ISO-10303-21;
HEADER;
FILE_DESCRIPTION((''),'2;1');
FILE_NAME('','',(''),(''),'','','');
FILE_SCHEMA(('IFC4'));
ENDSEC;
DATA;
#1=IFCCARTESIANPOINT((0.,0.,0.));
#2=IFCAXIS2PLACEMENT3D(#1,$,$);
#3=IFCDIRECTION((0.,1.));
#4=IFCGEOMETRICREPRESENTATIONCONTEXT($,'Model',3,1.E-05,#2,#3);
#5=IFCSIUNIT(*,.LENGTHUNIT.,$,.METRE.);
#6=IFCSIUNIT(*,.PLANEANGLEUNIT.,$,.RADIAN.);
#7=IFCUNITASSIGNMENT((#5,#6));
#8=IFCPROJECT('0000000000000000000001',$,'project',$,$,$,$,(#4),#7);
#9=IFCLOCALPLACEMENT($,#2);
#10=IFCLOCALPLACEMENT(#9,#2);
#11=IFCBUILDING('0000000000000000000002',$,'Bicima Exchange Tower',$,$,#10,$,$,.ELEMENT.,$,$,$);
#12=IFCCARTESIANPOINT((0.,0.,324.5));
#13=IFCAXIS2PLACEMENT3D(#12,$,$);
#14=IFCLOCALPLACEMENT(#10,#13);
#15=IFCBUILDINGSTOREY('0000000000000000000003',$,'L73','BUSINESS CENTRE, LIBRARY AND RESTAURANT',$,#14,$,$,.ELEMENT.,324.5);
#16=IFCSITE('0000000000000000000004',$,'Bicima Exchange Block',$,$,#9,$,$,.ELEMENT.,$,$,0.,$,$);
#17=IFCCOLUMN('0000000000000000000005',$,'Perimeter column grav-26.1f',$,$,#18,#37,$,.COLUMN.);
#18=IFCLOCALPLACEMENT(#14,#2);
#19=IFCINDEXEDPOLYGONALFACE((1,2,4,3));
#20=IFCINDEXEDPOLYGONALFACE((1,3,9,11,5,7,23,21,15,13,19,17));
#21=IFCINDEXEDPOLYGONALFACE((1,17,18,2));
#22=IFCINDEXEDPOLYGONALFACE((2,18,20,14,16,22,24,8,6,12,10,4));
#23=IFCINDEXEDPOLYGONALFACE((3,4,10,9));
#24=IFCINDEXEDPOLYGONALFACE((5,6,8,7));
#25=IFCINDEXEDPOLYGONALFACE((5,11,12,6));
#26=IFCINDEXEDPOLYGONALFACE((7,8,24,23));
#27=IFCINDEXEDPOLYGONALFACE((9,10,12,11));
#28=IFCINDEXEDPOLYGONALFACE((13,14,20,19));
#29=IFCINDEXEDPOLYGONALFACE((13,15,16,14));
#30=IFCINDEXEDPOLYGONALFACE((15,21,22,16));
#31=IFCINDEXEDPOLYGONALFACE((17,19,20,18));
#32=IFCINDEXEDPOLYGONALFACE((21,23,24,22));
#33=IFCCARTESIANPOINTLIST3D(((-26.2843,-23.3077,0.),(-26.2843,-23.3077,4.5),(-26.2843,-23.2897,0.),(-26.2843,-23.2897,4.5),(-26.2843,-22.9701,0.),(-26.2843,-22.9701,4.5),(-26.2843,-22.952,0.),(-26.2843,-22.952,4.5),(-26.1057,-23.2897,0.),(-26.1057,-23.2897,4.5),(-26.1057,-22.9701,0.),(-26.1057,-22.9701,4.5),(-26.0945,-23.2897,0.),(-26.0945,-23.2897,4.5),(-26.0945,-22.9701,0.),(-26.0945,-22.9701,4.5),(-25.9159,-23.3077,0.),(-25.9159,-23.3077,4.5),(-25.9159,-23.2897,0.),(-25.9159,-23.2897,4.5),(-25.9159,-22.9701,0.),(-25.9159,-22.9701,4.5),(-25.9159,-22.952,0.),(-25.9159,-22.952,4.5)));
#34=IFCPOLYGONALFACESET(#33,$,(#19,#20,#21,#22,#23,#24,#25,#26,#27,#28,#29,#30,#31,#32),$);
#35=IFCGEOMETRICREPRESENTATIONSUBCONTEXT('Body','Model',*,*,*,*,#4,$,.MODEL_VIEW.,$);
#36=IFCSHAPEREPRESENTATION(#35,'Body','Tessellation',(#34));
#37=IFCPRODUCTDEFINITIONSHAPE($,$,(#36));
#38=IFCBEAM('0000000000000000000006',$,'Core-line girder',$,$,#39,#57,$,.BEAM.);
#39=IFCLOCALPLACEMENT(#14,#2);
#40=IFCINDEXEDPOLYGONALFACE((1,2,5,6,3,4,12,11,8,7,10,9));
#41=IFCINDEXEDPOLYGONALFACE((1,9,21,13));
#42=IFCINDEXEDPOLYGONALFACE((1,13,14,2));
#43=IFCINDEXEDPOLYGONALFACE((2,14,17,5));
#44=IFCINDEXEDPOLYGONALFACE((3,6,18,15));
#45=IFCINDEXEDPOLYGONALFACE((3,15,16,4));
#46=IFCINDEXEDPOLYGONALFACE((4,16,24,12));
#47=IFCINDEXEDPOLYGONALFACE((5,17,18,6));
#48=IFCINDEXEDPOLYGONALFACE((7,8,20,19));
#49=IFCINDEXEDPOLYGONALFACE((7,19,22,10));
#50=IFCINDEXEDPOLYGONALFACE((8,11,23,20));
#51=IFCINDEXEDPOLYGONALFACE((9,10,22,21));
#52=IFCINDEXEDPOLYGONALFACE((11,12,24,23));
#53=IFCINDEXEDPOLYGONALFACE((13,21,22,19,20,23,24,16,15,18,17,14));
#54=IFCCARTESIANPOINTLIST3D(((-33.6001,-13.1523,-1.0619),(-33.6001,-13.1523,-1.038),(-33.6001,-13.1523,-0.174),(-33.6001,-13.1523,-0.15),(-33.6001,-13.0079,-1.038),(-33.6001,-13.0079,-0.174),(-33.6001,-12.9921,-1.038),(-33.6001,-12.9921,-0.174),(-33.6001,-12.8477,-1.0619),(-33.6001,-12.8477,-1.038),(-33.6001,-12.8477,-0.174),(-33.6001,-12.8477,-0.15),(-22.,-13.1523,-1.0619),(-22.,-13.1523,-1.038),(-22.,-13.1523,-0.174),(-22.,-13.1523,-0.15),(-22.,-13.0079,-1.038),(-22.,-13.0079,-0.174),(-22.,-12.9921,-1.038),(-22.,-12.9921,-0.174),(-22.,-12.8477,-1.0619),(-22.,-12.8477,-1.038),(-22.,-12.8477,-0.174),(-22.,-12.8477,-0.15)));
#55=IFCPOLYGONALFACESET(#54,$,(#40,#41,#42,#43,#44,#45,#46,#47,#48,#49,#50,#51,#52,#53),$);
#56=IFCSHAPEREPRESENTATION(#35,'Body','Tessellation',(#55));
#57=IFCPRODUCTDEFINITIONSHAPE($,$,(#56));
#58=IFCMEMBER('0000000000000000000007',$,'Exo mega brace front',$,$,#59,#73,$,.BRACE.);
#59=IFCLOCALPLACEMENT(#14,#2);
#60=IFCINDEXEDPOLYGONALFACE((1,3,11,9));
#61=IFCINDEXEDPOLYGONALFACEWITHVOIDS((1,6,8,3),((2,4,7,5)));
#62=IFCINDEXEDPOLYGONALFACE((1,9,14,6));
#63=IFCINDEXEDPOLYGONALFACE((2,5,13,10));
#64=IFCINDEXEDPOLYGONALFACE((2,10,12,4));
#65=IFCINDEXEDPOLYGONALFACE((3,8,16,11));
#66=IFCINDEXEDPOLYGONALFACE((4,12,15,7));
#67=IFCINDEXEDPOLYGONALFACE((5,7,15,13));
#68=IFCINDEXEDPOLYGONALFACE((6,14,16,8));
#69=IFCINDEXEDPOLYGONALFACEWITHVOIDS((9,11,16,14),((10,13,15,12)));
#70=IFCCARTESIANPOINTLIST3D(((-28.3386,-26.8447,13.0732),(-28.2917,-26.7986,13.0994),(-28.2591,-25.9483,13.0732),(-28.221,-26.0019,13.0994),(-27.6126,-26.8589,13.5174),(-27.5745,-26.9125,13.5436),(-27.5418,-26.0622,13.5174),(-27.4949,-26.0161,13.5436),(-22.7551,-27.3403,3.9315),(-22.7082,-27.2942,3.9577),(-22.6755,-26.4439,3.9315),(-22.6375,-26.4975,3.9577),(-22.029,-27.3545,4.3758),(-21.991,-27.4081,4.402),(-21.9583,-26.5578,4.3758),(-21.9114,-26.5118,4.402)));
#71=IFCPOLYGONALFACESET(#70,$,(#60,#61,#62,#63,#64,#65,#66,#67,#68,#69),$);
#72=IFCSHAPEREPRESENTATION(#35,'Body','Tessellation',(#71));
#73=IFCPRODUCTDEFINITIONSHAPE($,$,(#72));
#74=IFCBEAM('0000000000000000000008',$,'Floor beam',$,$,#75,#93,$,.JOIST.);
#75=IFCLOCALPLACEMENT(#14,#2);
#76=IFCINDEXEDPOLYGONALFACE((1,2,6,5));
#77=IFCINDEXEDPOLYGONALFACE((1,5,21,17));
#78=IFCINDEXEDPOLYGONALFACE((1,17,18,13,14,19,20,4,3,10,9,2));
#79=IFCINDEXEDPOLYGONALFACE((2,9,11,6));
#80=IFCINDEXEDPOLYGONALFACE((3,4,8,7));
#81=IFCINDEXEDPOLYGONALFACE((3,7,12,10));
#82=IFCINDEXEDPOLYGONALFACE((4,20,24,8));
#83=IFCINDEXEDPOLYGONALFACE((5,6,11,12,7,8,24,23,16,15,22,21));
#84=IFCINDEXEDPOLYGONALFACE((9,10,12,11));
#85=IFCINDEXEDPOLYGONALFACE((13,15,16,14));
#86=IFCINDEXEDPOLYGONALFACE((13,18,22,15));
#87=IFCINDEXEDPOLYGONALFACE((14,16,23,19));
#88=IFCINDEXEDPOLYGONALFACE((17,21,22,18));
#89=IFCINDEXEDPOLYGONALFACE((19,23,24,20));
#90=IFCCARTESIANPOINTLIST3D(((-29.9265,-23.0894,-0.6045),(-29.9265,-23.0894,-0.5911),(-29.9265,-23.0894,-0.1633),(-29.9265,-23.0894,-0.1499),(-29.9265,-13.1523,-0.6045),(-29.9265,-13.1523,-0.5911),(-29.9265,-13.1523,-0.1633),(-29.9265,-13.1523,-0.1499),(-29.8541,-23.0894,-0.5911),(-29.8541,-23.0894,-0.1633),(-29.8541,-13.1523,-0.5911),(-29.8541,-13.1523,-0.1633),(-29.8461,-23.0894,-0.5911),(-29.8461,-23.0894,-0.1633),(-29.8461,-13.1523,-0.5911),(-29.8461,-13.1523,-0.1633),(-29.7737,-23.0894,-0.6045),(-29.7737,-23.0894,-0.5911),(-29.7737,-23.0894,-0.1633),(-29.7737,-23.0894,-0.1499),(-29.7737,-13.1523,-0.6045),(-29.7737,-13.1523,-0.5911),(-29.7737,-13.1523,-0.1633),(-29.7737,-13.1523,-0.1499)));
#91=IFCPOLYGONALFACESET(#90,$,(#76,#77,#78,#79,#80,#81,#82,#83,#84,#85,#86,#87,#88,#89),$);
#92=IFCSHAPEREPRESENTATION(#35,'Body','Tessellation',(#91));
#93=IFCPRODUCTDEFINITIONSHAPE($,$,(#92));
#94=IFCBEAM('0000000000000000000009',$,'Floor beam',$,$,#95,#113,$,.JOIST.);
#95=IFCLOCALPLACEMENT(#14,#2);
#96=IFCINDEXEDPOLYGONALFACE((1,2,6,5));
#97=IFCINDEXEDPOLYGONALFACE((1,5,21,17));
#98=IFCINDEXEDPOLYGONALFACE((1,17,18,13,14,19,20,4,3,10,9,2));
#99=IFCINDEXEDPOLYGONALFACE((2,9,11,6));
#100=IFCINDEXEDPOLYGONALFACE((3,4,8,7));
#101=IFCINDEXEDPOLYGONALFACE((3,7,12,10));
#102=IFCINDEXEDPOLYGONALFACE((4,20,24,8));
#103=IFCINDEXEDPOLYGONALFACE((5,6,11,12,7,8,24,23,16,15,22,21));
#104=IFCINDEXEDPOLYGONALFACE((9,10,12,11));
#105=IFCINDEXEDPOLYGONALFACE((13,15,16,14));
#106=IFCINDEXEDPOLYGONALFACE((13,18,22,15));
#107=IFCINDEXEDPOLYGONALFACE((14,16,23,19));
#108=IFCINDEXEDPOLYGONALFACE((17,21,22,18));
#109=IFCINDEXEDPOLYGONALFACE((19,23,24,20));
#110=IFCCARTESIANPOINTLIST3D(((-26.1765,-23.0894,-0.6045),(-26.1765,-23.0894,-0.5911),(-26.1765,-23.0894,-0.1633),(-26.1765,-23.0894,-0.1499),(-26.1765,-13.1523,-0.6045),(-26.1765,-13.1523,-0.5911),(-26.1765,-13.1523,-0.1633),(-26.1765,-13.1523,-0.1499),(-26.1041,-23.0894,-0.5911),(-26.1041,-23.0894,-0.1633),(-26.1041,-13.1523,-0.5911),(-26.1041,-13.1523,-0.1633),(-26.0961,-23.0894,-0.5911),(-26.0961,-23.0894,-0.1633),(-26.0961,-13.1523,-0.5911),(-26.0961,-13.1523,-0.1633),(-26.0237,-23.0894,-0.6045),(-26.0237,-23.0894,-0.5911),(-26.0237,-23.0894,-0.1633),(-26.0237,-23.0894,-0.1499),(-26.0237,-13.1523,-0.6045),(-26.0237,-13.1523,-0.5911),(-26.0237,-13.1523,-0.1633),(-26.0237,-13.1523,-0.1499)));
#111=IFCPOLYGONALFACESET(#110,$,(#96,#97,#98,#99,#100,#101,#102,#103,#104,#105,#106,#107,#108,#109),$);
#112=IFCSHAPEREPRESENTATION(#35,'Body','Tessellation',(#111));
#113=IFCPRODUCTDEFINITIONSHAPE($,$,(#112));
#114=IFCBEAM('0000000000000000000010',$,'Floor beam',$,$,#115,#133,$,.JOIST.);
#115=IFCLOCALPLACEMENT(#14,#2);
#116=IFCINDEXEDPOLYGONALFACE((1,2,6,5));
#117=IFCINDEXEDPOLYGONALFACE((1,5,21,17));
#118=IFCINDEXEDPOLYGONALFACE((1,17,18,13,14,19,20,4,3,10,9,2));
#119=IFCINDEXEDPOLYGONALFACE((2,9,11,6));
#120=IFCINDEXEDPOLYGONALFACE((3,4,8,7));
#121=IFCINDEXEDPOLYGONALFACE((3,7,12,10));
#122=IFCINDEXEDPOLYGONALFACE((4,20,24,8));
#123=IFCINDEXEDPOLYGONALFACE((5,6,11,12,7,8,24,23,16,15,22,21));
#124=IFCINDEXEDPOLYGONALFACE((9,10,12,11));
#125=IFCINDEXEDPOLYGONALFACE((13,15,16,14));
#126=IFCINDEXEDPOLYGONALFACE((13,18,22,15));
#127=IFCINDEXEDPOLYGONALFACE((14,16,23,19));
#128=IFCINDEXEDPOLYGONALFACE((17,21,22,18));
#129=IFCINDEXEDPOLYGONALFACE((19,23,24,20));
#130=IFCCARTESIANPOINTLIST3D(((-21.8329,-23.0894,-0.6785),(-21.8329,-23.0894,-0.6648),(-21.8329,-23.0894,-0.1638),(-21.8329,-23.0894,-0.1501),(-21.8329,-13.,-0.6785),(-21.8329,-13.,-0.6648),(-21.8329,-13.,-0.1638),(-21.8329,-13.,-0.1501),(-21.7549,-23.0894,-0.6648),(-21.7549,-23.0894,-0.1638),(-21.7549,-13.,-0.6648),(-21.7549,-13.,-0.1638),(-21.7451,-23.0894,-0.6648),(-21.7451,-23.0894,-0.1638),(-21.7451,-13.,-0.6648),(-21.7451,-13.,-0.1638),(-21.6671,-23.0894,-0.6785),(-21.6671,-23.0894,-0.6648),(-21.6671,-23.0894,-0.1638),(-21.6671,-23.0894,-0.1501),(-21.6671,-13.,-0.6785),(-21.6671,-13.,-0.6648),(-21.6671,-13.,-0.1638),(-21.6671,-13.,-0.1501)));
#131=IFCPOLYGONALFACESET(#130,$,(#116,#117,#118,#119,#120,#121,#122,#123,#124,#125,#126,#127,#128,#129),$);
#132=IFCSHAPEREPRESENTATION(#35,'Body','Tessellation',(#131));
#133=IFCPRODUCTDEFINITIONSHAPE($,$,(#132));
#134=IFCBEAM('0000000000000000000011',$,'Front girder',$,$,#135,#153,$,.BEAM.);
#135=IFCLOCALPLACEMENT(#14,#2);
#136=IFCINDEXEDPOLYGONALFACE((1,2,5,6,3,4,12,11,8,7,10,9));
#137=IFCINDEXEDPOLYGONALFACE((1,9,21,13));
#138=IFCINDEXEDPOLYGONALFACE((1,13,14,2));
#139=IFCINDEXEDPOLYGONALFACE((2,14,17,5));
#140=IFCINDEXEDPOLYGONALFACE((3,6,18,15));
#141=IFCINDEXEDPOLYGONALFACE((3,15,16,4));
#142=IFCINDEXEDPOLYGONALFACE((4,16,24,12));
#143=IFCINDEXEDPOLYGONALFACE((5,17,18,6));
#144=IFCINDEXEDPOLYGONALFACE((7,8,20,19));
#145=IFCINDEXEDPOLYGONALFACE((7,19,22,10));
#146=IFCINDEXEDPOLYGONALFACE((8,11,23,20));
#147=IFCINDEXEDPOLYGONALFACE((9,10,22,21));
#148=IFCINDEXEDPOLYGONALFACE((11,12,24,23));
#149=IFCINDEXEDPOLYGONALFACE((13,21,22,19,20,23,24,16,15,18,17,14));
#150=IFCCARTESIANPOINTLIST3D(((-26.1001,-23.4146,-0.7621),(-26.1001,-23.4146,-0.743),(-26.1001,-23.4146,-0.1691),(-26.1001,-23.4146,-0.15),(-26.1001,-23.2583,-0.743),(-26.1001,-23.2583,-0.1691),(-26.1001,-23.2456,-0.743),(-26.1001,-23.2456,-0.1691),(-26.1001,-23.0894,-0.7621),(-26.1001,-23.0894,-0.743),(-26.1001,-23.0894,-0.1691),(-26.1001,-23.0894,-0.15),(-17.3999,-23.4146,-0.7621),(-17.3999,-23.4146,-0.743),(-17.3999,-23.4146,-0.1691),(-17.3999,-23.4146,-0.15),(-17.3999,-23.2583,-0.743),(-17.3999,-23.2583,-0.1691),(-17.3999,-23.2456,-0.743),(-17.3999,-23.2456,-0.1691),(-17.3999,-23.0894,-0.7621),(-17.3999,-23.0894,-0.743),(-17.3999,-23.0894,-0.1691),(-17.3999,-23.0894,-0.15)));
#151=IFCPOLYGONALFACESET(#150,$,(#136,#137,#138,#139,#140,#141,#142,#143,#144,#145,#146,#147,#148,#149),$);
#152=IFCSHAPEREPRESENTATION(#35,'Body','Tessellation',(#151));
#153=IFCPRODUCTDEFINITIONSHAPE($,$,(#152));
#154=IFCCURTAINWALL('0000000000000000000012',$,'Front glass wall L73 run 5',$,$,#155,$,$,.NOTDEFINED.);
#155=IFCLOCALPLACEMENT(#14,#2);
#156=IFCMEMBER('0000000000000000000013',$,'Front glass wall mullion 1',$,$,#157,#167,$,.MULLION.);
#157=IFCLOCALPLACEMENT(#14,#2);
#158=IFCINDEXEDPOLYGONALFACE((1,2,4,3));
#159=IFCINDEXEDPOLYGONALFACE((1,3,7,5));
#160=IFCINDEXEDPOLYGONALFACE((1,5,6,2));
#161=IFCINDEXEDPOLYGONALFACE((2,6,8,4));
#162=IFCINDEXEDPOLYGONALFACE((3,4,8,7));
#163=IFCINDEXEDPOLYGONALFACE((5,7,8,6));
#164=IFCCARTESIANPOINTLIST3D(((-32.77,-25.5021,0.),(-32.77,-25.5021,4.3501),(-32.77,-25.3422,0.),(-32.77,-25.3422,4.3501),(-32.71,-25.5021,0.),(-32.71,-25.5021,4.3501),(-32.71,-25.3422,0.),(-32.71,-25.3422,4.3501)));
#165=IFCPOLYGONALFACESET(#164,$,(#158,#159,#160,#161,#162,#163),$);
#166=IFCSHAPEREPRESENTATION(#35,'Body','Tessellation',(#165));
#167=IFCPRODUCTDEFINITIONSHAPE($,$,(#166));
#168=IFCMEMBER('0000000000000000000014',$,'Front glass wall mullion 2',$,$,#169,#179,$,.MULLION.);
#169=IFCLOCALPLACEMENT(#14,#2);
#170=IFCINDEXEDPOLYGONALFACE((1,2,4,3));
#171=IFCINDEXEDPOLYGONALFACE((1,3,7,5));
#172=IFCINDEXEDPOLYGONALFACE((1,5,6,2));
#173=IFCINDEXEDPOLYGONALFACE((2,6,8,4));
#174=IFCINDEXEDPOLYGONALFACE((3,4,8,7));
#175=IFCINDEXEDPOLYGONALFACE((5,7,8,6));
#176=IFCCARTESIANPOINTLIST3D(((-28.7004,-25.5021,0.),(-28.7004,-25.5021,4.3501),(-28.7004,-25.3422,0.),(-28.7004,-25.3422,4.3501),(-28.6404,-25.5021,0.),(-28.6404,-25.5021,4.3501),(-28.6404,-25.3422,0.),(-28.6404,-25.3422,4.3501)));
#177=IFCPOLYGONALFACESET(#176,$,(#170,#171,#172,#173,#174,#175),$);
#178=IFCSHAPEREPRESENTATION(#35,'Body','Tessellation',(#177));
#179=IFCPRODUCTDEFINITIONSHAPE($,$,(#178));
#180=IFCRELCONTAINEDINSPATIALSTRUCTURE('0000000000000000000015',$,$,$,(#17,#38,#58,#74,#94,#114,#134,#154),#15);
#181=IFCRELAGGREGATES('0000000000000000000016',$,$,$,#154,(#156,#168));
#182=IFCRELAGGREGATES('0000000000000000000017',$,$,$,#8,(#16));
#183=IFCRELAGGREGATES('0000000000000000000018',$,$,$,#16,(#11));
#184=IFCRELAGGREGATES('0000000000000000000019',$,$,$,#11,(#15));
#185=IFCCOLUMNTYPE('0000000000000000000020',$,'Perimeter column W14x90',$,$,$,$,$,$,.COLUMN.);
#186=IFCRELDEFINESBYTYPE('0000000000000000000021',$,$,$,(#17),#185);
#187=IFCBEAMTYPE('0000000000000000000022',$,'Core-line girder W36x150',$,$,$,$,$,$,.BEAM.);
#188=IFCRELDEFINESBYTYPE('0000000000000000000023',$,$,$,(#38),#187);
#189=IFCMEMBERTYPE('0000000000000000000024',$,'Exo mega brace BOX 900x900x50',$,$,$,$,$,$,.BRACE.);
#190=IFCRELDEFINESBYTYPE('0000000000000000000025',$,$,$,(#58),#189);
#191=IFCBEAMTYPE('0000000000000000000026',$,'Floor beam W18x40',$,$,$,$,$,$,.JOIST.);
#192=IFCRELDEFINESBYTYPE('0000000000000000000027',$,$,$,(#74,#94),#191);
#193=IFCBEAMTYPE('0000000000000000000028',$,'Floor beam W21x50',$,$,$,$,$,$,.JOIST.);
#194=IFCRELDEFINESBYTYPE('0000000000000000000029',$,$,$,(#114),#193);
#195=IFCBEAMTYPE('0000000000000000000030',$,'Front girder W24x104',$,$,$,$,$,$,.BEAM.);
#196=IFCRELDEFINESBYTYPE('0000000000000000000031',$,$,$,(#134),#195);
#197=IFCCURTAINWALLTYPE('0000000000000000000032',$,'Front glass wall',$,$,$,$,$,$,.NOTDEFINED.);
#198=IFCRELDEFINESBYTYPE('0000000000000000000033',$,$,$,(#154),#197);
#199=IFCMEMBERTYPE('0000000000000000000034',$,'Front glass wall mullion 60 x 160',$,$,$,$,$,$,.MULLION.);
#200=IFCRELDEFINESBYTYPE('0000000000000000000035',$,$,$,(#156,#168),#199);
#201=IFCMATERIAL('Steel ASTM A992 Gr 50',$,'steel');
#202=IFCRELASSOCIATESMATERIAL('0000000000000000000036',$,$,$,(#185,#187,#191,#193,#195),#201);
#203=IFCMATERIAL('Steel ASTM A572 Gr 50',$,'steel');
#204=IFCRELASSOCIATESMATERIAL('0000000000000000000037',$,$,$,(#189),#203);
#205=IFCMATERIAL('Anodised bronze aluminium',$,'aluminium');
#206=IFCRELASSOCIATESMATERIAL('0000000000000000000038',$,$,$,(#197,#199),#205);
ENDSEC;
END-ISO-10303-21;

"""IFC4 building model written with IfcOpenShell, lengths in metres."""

from ifc_helpers import new_model, si_unit, direction, frame, origin, origin_2d, place, context, subcontext, project, spatial, rectangle, hollow_rectangle, i_section, extrude, material, material_profile, profile_set, type_object, element, aggregate, save


model = new_model("IFC4")

# Units and contexts
model_context = context("Model", 3, precision=1e-05, world=origin(), true_north=direction((0.0, 1.0)))
body_context = subcontext(model_context, "Body", "Model", "MODEL_VIEW")
ifc_project = project(units=[si_unit("LENGTHUNIT", "METRE"), si_unit("PLANEANGLEUNIT", "RADIAN")], contexts=[model_context])

# Site, building, storey
site_placement = place(None, origin())
site = spatial("IfcSite", under=ifc_project, at=site_placement, Name="Bicima Exchange Block", CompositionType="ELEMENT", RefElevation=0.0)
building_placement = place(site_placement, origin())
building = spatial("IfcBuilding", under=site, at=building_placement, Name="Bicima Exchange Tower", CompositionType="ELEMENT")
storey_placement = place(building_placement, frame((0.0, 0.0, 324.5)))
storey = spatial("IfcBuildingStorey", under=building, at=storey_placement, Name="L73", Description="BUSINESS CENTRE, LIBRARY AND RESTAURANT", CompositionType="ELEMENT", Elevation=324.5)

# Column
ifc_material_1 = material(Name="Steel ASTM A992 Gr 50", Category="steel")
ifc_material_profile_1 = material_profile(ifc_material_1, i_section(OverallWidth=0.3684, OverallDepth=0.3557, WebThickness=0.0112, FlangeThickness=0.0181, at=origin_2d()))
ifc_profile_set_1 = profile_set([ifc_material_profile_1], Name="Steel ASTM A992 Gr 50")
column_type = type_object("IfcColumnType", Name="Perimeter column W14x90", PredefinedType="COLUMN", material=ifc_profile_set_1)
column_placement = place(storey_placement, frame((-26.1001, -23.1299, 0.0), z_axis=(0.0, 0.0, 1.0), x_axis=(1.0, 0.0, 0.0)))
element("IfcColumn", 1, at=column_placement, inside=storey, type_object=column_type, Name="Perimeter column grav-26.1f", PredefinedType="COLUMN", context=body_context, shape_type="SweptSolid", body=[
    extrude(i_section(OverallWidth=0.3684, OverallDepth=0.3557, WebThickness=0.0112, FlangeThickness=0.0181, at=origin_2d()), origin(), (0.0, 0.0, 1.0), 4.5),
])

# Beam
ifc_material_profile_2 = material_profile(ifc_material_1, i_section(OverallWidth=0.3047, OverallDepth=0.9119, WebThickness=0.0159, FlangeThickness=0.0239, at=origin_2d()))
ifc_profile_set_2 = profile_set([ifc_material_profile_2], Name="Steel ASTM A992 Gr 50")
beam_type_1 = type_object("IfcBeamType", Name="Core-line girder W36x150", PredefinedType="BEAM", material=ifc_profile_set_2)
beam_1_placement = place(storey_placement, frame((-22.0, -13.0, -0.606), z_axis=(-1.0, 0.0, 0.0), x_axis=(0.0, -1.0, 0.0)))
element("IfcBeam", 2, at=beam_1_placement, inside=storey, type_object=beam_type_1, Name="Core-line girder", PredefinedType="BEAM", context=body_context, shape_type="SweptSolid", body=[
    extrude(i_section(OverallWidth=0.3047, OverallDepth=0.9119, WebThickness=0.0159, FlangeThickness=0.0239, at=origin_2d()), origin(), (0.0, 0.0, 1.0), 11.6001),
])

# Member
ifc_material_2 = material(Name="Steel ASTM A572 Gr 50", Category="steel")
ifc_material_profile_3 = material_profile(ifc_material_2, hollow_rectangle(XDim=0.8999, YDim=0.8999, WallThickness=0.05, at=origin_2d()))
ifc_profile_set_3 = profile_set([ifc_material_profile_3], Name="Steel ASTM A572 Gr 50")
member_type_1 = type_object("IfcMemberType", Name="Exo mega brace BOX 900x900x50", PredefinedType="BRACE", material=ifc_profile_set_3)
member_1_placement = place(storey_placement, frame((-22.3333, -26.926, 4.1667), z_axis=(-0.520686, 0.046217, 0.852496), x_axis=(-0.088415, -0.996084, 0.0)))
element("IfcMember", 3, at=member_1_placement, inside=storey, type_object=member_type_1, Name="Exo mega brace front", PredefinedType="BRACE", context=body_context, shape_type="SweptSolid", body=[
    extrude(hollow_rectangle(XDim=0.8999, YDim=0.8999, WallThickness=0.05, at=origin_2d()), origin(), (0.0, 0.0, 1.0), 10.7234),
])

# Beams
ifc_material_profile_4 = material_profile(ifc_material_1, i_section(OverallWidth=0.1528, OverallDepth=0.4546, WebThickness=0.0081, FlangeThickness=0.0134, at=origin_2d()))
ifc_profile_set_4 = profile_set([ifc_material_profile_4], Name="Steel ASTM A992 Gr 50")
beam_type_2 = type_object("IfcBeamType", Name="Floor beam W18x40", PredefinedType="JOIST", material=ifc_profile_set_4)
for number, where, z_axis, x_axis, name in (
    (4, (-29.8501, -13.1523, -0.3772), (0.0, -1.0, 0.0), (1.0, 0.0, 0.0), "Floor beam"),
    (5, (-26.1001, -13.1523, -0.3772), (0.0, -1.0, 0.0), (1.0, 0.0, 0.0), "Floor beam"),
):
    element("IfcBeam", number, at=place(storey_placement, frame(where, z_axis=z_axis, x_axis=x_axis)), inside=storey, type_object=beam_type_2, Name=name, PredefinedType="JOIST", context=body_context, shape_type="SweptSolid", body=[
        extrude(i_section(OverallWidth=0.1528, OverallDepth=0.4546, WebThickness=0.0081, FlangeThickness=0.0134, at=origin_2d()), origin(), (0.0, 0.0, 1.0), 9.937),
    ])
ifc_material_profile_5 = material_profile(ifc_material_1, i_section(OverallWidth=0.1658, OverallDepth=0.5283, WebThickness=0.0098, FlangeThickness=0.0137, at=origin_2d()))
ifc_profile_set_5 = profile_set([ifc_material_profile_5], Name="Steel ASTM A992 Gr 50")
beam_type_3 = type_object("IfcBeamType", Name="Floor beam W21x50", PredefinedType="JOIST", material=ifc_profile_set_5)
beam_2_placement = place(storey_placement, frame((-21.75, -13.0, -0.4143), z_axis=(0.0, -1.0, 0.0), x_axis=(1.0, 0.0, 0.0)))
element("IfcBeam", 6, at=beam_2_placement, inside=storey, type_object=beam_type_3, Name="Floor beam", PredefinedType="JOIST", context=body_context, shape_type="SweptSolid", body=[
    extrude(i_section(OverallWidth=0.1658, OverallDepth=0.5283, WebThickness=0.0098, FlangeThickness=0.0137, at=origin_2d()), origin(), (0.0, 0.0, 1.0), 10.0894),
])
ifc_material_profile_6 = material_profile(ifc_material_1, i_section(OverallWidth=0.3252, OverallDepth=0.6121, WebThickness=0.0127, FlangeThickness=0.019, at=origin_2d()))
ifc_profile_set_6 = profile_set([ifc_material_profile_6], Name="Steel ASTM A992 Gr 50")
beam_type_4 = type_object("IfcBeamType", Name="Front girder W24x104", PredefinedType="BEAM", material=ifc_profile_set_6)
beam_3_placement = place(storey_placement, frame((-26.1001, -23.252, -0.4561), z_axis=(1.0, 0.0, 0.0), x_axis=(0.0, 1.0, 0.0)))
element("IfcBeam", 7, at=beam_3_placement, inside=storey, type_object=beam_type_4, Name="Front girder", PredefinedType="BEAM", context=body_context, shape_type="SweptSolid", body=[
    extrude(i_section(OverallWidth=0.3252, OverallDepth=0.6121, WebThickness=0.0127, FlangeThickness=0.019, at=origin_2d()), origin(), (0.0, 0.0, 1.0), 8.7002),
])

# Curtain wall, members
ifc_material_3 = material(Name="Anodised bronze aluminium", Category="aluminium")
curtain_wall_type = type_object("IfcCurtainWallType", Name="Front glass wall", PredefinedType="NOTDEFINED", material=ifc_material_3)
curtain_wall_placement = place(storey_placement, origin())
curtain_wall = element("IfcCurtainWall", 8, at=curtain_wall_placement, inside=storey, type_object=curtain_wall_type, Name="Front glass wall L73 run 5", PredefinedType="NOTDEFINED")
ifc_material_profile_7 = material_profile(ifc_material_3, rectangle(XDim=0.1599, YDim=0.0601, at=origin_2d()))
ifc_profile_set_7 = profile_set([ifc_material_profile_7], Name="Anodised bronze aluminium")
member_type_2 = type_object("IfcMemberType", Name="Front glass wall mullion 60 x 160", PredefinedType="MULLION", material=ifc_profile_set_7)
member_2_placement = place(storey_placement, frame((-32.74, -25.4221, 0.0), z_axis=(0.0, 0.0, 1.0), x_axis=(0.0, 1.0, 0.0)))
member_2 = element("IfcMember", 9, at=member_2_placement, type_object=member_type_2, Name="Front glass wall mullion 1", PredefinedType="MULLION", context=body_context, shape_type="SweptSolid", body=[
    extrude(rectangle(XDim=0.1599, YDim=0.0601, at=origin_2d()), origin(), (0.0, 0.0, 1.0), 4.3501),
])
member_3_placement = place(storey_placement, frame((-28.6704, -25.4221, 0.0), z_axis=(0.0, 0.0, 1.0), x_axis=(0.0, 1.0, 0.0)))
member_3 = element("IfcMember", 10, at=member_3_placement, type_object=member_type_2, Name="Front glass wall mullion 2", PredefinedType="MULLION", context=body_context, shape_type="SweptSolid", body=[
    extrude(rectangle(XDim=0.1599, YDim=0.0601, at=origin_2d()), origin(), (0.0, 0.0, 1.0), 4.3501),
])
aggregate(curtain_wall, [member_2, member_3])

save(model, "model.ifc")
